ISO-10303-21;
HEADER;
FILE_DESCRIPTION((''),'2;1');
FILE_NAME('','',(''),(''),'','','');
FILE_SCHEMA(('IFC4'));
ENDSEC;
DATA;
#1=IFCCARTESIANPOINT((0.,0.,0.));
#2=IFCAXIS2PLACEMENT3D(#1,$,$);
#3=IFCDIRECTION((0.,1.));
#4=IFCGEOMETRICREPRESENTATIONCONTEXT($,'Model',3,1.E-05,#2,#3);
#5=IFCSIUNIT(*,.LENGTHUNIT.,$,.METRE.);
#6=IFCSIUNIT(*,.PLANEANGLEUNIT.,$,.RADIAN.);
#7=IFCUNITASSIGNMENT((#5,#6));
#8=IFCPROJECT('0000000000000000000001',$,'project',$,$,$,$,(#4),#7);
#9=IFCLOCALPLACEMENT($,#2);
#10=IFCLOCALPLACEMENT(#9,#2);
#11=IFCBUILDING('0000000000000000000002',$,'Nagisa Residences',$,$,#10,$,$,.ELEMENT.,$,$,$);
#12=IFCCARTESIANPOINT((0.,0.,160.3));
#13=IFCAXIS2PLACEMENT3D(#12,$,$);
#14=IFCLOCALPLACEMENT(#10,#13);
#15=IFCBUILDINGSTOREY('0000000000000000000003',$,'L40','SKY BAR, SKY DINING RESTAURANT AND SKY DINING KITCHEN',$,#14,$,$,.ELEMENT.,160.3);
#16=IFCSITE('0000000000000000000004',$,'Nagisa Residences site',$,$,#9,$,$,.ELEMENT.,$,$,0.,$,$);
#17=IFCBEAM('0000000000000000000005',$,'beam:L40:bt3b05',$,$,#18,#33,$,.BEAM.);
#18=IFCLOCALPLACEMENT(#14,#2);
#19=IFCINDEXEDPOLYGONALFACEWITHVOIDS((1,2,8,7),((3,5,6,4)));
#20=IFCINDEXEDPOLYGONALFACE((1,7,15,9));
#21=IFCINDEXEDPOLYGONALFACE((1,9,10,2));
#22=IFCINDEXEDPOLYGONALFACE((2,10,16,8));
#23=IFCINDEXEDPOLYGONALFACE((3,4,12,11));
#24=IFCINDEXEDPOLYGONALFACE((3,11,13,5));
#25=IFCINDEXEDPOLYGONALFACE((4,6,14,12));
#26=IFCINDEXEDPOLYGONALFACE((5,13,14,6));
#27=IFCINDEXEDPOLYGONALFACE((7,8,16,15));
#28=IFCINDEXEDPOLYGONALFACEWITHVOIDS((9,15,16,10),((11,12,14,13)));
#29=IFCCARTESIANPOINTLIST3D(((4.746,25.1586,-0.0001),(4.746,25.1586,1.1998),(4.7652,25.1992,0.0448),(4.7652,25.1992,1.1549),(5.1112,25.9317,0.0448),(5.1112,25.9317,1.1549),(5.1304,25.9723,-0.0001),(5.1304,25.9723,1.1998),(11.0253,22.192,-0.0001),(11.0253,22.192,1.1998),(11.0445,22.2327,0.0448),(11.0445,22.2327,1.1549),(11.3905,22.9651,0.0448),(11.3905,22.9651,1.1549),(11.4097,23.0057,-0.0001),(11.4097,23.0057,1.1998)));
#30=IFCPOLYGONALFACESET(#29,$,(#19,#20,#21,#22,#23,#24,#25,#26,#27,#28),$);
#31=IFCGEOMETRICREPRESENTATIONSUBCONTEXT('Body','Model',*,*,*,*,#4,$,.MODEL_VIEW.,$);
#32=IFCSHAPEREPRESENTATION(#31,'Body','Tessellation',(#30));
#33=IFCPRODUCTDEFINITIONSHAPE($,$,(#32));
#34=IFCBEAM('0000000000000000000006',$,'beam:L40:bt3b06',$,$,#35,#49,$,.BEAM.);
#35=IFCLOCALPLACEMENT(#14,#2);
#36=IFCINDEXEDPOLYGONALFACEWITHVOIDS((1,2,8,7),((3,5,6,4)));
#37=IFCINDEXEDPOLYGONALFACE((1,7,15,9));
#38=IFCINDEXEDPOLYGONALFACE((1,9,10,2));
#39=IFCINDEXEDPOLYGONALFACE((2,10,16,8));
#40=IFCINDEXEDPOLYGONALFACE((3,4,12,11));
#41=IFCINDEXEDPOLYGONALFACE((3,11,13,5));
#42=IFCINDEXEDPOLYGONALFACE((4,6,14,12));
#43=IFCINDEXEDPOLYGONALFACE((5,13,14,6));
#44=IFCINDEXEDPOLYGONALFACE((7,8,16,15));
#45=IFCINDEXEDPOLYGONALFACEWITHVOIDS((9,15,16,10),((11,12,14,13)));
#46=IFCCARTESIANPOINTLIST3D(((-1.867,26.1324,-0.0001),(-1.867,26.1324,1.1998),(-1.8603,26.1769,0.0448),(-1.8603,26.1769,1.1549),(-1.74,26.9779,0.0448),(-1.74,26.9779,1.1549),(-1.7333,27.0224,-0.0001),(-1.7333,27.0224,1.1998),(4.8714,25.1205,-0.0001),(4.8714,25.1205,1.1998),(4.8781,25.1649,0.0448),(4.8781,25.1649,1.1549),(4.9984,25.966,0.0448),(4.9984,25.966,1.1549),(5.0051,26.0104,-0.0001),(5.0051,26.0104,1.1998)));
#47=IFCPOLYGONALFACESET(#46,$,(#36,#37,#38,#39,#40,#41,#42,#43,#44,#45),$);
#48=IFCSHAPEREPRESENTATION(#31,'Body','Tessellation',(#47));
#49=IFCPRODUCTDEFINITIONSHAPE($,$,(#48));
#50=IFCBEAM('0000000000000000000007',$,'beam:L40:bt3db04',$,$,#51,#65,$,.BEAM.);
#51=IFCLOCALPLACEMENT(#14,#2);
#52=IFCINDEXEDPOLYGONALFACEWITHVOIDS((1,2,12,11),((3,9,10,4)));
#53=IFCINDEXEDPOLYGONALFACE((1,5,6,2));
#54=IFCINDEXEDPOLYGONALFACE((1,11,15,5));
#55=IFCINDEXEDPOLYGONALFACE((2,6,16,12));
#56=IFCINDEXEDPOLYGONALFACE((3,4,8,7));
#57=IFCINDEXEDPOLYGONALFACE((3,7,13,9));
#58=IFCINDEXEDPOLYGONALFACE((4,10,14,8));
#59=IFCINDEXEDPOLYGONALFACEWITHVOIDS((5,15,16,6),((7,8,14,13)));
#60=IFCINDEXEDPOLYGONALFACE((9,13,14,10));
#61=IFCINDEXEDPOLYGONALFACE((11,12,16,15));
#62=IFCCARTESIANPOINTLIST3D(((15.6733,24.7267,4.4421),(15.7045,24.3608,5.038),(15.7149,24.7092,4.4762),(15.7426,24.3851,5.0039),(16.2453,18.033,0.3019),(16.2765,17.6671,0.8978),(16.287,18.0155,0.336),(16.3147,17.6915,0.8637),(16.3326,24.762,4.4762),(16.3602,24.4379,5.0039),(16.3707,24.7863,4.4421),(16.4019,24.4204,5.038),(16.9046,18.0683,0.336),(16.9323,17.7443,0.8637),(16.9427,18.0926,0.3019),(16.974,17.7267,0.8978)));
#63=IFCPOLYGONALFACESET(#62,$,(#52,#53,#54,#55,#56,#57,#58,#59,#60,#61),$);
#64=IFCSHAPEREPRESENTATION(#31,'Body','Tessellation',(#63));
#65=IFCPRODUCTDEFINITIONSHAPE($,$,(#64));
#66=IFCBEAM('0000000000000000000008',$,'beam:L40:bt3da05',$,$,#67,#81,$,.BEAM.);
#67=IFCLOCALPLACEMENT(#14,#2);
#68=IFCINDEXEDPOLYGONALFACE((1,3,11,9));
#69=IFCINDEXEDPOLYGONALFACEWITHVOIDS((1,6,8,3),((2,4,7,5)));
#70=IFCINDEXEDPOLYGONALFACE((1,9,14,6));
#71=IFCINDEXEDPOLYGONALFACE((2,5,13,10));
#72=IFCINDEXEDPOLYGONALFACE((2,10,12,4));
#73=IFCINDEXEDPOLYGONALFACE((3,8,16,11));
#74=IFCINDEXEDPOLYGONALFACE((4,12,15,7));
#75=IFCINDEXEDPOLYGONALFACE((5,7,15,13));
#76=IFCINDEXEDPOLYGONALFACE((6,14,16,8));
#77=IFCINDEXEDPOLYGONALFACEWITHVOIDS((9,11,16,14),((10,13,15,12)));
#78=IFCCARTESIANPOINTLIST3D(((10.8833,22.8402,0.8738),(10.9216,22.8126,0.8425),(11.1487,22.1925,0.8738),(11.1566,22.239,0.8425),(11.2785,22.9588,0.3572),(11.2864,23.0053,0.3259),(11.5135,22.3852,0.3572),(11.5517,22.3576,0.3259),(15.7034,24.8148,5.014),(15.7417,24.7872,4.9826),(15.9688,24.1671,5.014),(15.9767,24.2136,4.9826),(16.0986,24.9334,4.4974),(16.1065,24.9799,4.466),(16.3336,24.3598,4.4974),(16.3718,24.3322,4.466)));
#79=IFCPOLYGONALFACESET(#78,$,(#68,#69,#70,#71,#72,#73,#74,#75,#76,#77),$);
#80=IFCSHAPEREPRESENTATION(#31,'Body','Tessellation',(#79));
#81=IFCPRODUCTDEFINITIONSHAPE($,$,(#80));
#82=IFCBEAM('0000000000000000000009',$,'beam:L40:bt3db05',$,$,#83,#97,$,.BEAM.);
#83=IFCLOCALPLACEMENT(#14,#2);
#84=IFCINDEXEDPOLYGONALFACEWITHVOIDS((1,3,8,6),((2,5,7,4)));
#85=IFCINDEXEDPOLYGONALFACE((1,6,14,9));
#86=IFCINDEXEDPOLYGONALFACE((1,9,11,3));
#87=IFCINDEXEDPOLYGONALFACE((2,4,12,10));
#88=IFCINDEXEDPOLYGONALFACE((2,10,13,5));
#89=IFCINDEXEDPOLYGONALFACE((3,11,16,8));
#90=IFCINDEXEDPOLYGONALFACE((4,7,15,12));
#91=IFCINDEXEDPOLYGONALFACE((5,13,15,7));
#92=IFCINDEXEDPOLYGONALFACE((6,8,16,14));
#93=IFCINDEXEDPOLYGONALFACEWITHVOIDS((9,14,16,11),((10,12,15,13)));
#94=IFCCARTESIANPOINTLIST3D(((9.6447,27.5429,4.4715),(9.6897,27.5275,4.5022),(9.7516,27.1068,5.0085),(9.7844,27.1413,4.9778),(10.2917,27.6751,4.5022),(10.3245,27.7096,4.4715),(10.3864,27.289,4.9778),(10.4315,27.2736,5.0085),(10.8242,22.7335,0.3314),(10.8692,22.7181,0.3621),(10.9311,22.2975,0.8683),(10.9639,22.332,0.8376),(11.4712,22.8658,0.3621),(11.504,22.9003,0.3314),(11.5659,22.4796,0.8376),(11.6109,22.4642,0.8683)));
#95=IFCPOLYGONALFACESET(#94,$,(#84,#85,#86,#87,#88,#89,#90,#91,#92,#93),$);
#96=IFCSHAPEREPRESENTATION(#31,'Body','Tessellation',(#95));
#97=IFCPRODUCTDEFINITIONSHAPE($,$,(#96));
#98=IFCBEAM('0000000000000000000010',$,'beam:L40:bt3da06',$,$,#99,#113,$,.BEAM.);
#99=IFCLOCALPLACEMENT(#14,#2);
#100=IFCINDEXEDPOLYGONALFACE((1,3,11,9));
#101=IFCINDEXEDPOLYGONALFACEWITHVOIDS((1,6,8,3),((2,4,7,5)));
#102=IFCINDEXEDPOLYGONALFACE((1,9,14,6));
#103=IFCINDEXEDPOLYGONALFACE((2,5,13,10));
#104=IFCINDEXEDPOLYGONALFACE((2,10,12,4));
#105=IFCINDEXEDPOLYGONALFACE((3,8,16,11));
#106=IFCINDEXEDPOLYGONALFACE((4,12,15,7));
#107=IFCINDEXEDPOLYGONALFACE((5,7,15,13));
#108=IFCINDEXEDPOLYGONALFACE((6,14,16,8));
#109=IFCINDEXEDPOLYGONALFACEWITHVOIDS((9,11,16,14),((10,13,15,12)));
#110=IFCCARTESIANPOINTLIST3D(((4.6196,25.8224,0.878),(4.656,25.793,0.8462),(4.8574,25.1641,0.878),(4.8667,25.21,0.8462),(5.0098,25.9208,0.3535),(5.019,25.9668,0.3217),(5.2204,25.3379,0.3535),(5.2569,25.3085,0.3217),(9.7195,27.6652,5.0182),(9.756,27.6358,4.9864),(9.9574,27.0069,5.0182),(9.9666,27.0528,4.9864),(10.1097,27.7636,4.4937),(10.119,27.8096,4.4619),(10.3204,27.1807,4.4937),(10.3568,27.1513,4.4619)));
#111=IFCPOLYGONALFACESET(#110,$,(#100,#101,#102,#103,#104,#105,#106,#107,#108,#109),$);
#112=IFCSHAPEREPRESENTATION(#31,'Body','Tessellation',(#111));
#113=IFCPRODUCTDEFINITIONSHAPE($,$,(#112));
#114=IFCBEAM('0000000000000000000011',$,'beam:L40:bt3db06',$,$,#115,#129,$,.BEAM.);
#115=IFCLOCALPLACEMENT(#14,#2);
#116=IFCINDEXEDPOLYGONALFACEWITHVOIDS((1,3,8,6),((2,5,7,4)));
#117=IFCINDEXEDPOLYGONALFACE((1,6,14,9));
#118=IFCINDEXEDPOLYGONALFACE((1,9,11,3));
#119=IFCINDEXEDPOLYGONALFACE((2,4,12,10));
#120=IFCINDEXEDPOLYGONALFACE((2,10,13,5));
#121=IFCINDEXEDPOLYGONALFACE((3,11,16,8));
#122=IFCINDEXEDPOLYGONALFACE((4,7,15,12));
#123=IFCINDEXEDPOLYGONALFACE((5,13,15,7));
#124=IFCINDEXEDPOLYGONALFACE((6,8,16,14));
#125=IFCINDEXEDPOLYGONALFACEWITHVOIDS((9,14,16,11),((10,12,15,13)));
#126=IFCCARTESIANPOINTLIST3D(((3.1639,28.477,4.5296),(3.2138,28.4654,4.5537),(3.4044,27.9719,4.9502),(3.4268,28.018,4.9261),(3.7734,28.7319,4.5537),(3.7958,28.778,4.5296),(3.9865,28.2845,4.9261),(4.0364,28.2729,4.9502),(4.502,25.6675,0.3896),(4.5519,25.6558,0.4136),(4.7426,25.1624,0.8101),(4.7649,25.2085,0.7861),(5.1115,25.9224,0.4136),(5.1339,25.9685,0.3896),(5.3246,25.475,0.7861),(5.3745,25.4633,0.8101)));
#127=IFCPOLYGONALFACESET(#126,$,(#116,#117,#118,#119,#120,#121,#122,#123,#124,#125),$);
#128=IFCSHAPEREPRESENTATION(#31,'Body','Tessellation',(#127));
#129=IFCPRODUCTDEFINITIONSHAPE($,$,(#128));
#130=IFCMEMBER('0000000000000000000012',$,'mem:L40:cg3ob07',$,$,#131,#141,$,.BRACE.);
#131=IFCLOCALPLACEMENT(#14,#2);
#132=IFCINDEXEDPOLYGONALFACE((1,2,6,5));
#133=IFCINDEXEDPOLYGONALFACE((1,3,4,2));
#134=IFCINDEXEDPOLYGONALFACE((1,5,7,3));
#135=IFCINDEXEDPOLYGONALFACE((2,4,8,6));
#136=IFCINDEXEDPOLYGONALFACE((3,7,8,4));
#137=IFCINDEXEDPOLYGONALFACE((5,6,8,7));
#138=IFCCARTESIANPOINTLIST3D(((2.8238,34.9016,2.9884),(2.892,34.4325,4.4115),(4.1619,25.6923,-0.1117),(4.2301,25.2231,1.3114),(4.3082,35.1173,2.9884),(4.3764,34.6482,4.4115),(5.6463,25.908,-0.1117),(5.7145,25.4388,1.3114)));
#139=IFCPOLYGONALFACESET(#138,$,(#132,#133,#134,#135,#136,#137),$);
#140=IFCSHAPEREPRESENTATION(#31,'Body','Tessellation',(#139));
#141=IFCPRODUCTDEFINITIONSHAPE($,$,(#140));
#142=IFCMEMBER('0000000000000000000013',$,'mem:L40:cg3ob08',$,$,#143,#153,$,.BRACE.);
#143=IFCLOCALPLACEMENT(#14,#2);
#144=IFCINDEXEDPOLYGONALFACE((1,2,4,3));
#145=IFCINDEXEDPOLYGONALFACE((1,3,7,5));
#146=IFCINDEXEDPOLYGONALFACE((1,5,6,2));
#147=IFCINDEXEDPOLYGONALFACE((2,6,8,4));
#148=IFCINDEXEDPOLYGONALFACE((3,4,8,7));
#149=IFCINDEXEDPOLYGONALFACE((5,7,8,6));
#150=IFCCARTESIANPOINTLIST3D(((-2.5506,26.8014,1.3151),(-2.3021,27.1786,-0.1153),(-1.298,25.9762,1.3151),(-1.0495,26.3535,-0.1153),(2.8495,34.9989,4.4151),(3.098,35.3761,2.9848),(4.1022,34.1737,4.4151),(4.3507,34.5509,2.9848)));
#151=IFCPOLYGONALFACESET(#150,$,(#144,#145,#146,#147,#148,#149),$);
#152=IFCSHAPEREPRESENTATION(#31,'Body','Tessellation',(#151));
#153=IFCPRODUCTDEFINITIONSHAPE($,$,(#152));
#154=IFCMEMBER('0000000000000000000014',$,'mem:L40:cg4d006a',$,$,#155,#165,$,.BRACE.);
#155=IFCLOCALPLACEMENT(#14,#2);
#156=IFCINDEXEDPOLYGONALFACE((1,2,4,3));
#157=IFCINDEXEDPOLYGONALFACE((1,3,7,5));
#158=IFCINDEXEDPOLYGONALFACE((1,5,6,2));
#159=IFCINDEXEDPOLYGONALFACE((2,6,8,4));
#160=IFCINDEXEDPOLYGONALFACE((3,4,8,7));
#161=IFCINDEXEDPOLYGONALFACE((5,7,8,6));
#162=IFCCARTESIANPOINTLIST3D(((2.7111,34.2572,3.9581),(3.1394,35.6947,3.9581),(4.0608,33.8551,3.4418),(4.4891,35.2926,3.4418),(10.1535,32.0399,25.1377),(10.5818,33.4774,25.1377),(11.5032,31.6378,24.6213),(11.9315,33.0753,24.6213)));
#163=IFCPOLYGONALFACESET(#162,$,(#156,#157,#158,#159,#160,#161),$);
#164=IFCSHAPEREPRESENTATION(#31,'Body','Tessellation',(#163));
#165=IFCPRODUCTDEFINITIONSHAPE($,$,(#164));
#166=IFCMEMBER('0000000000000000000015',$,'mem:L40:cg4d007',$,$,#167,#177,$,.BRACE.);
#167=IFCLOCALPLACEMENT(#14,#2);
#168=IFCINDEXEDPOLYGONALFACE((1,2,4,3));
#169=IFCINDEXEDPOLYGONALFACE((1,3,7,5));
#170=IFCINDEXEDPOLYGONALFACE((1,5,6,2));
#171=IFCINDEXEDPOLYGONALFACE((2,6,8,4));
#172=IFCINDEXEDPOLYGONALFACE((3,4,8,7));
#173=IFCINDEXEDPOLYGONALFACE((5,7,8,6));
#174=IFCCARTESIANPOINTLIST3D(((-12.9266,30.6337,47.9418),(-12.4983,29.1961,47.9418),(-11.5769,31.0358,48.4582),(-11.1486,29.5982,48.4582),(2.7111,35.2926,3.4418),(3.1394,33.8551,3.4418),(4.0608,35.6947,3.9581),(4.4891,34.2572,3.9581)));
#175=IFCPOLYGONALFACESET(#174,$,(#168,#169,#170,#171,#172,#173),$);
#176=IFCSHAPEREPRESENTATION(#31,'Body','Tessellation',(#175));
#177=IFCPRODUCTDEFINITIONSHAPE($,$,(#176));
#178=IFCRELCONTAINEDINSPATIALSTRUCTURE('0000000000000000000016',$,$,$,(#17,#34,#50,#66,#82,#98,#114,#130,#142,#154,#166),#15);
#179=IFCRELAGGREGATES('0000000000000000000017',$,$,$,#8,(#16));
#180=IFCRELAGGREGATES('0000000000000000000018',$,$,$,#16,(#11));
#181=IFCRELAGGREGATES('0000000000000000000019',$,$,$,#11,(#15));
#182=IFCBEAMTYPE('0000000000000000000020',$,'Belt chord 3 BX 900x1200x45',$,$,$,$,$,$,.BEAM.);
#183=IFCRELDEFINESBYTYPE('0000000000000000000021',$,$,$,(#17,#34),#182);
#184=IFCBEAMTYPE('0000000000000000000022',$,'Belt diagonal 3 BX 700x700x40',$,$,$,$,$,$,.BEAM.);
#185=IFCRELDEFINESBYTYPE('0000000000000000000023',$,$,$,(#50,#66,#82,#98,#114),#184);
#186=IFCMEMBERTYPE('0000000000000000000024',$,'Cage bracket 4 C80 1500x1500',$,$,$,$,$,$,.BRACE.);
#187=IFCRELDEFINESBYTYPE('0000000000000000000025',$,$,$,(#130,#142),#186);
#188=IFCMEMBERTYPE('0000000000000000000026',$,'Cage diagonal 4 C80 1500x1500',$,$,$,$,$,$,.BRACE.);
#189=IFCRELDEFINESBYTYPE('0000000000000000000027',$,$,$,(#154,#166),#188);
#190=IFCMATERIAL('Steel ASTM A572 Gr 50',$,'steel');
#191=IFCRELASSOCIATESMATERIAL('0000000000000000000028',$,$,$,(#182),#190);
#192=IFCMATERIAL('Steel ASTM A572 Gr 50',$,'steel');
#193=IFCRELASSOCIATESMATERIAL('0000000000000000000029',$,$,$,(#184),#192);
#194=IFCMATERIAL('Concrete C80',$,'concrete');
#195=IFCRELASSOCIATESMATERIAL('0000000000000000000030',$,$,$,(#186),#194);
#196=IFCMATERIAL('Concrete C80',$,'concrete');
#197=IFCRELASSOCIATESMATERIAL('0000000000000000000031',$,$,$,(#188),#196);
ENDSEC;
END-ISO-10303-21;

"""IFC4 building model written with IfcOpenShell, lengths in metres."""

from ifc_helpers import new_model, si_unit, direction, frame, origin, origin_2d, place, context, subcontext, project, spatial, rectangle, hollow_rectangle, extrude, material, material_profile, profile_set, type_object, element, save


model = new_model("IFC4")

# Units and contexts
model_context = context("Model", 3, precision=1e-05, world=origin(), true_north=direction((0.0, 1.0)))
body_context = subcontext(model_context, "Body", "Model", "MODEL_VIEW")
ifc_project = project(units=[si_unit("LENGTHUNIT", "METRE"), si_unit("PLANEANGLEUNIT", "RADIAN")], contexts=[model_context])

# Site, building, storey
site_placement = place(None, origin())
site = spatial("IfcSite", under=ifc_project, at=site_placement, Name="Nagisa Residences site", CompositionType="ELEMENT", RefElevation=0.0)
building_placement = place(site_placement, origin())
building = spatial("IfcBuilding", under=site, at=building_placement, Name="Nagisa Residences", CompositionType="ELEMENT")
storey_placement = place(building_placement, frame((0.0, 0.0, 160.3)))
storey = spatial("IfcBuildingStorey", under=building, at=storey_placement, Name="L40", Description="SKY BAR, SKY DINING RESTAURANT AND SKY DINING KITCHEN", CompositionType="ELEMENT", Elevation=160.3)

# Beams
ifc_material_1 = material(Name="Steel ASTM A572 Gr 50", Category="steel")
ifc_material_profile_1 = material_profile(ifc_material_1, hollow_rectangle(XDim=0.8999, YDim=1.2, WallThickness=0.0449, at=origin_2d()), Name="BX 900x1200x45")
ifc_profile_set_1 = profile_set([ifc_material_profile_1], Name="Steel ASTM A572 Gr 50")
beam_type_1 = type_object("IfcBeamType", Name="Belt chord 3 BX 900x1200x45", PredefinedType="BEAM", material=ifc_profile_set_1)
beam_1_placement = place(storey_placement, frame((11.2175, 22.5989, 0.5999), z_axis=(-0.904175, 0.427163, 0.0), x_axis=(-0.427163, -0.904175, 0.0)))
element("IfcBeam", 1, at=beam_1_placement, inside=storey, type_object=beam_type_1, Name="beam:L40:bt3b05", PredefinedType="BEAM", context=body_context, shape_type="SweptSolid", body=[
    extrude(hollow_rectangle(XDim=0.8999, YDim=1.2, WallThickness=0.0449, at=origin_2d()), origin(), (0.0, 0.0, 1.0), 6.9448),
])
beam_2_placement = place(storey_placement, frame((4.9382, 25.5654, 0.5999), z_axis=(-0.98891, 0.148516, 0.0), x_axis=(-0.148516, -0.98891, 0.0)))
element("IfcBeam", 2, at=beam_2_placement, inside=storey, type_object=beam_type_1, Name="beam:L40:bt3b06", PredefinedType="BEAM", context=body_context, shape_type="SweptSolid", body=[
    extrude(hollow_rectangle(XDim=0.8999, YDim=1.2, WallThickness=0.0449, at=origin_2d()), origin(), (0.0, 0.0, 1.0), 6.814),
])
ifc_material_2 = material(Name="Steel ASTM A572 Gr 50", Category="steel")
ifc_material_profile_2 = material_profile(ifc_material_2, hollow_rectangle(XDim=0.7, YDim=0.7, WallThickness=0.04, at=origin_2d()), Name="BX 700x700x40")
ifc_profile_set_2 = profile_set([ifc_material_profile_2], Name="Steel ASTM A572 Gr 50")
beam_type_2 = type_object("IfcBeamType", Name="Belt diagonal 3 BX 700x700x40", PredefinedType="BEAM", material=ifc_profile_set_2)
beam_3_placement = place(storey_placement, frame((16.6096, 17.8799, 0.5999), z_axis=(-0.072488, 0.848228, 0.524647), x_axis=(-0.996368, -0.085148, 0.0)))
element("IfcBeam", 3, at=beam_3_placement, inside=storey, type_object=beam_type_2, Name="beam:L40:bt3db04", PredefinedType="BEAM", context=body_context, shape_type="SweptSolid", body=[
    extrude(hollow_rectangle(XDim=0.7, YDim=0.7, WallThickness=0.04, at=origin_2d()), origin(), (0.0, 0.0, 1.0), 7.8914),
])
beam_4_placement = place(storey_placement, frame((11.2175, 22.5989, 0.5999), z_axis=(0.72441, 0.296765, 0.622223), x_axis=(-0.379087, 0.925361, 0.0)))
element("IfcBeam", 4, at=beam_4_placement, inside=storey, type_object=beam_type_2, Name="beam:L40:bt3da05", PredefinedType="BEAM", context=body_context, shape_type="SweptSolid", body=[
    extrude(hollow_rectangle(XDim=0.7, YDim=0.7, WallThickness=0.04, at=origin_2d()), origin(), (0.0, 0.0, 1.0), 6.6538),
])
beam_5_placement = place(storey_placement, frame((11.2175, 22.5989, 0.5999), z_axis=(-0.18273, 0.745104, 0.641427), x_axis=(-0.97122, -0.238183, 0.0)))
element("IfcBeam", 5, at=beam_5_placement, inside=storey, type_object=beam_type_2, Name="beam:L40:bt3db05", PredefinedType="BEAM", context=body_context, shape_type="SweptSolid", body=[
    extrude(hollow_rectangle(XDim=0.7, YDim=0.7, WallThickness=0.04, at=origin_2d()), origin(), (0.0, 0.0, 1.0), 6.4546),
])
beam_6_placement = place(storey_placement, frame((4.9382, 25.5654, 0.5999), z_axis=(0.747517, 0.270107, 0.606845), x_axis=(-0.339834, 0.940486, 0.0)))
element("IfcBeam", 6, at=beam_6_placement, inside=storey, type_object=beam_type_2, Name="beam:L40:bt3da06", PredefinedType="BEAM", context=body_context, shape_type="SweptSolid", body=[
    extrude(hollow_rectangle(XDim=0.7, YDim=0.7, WallThickness=0.04, at=origin_2d()), origin(), (0.0, 0.0, 1.0), 6.8225),
])
beam_7_placement = place(storey_placement, frame((4.9382, 25.5654, 0.5999), z_axis=(-0.258363, 0.542463, 0.799364), x_axis=(-0.90283, -0.429998, 0.0)))
element("IfcBeam", 7, at=beam_7_placement, inside=storey, type_object=beam_type_2, Name="beam:L40:bt3db06", PredefinedType="BEAM", context=body_context, shape_type="SweptSolid", body=[
    extrude(hollow_rectangle(XDim=0.7, YDim=0.7, WallThickness=0.04, at=origin_2d()), origin(), (0.0, 0.0, 1.0), 5.1792),
])

# Members
ifc_material_3 = material(Name="Concrete C80", Category="concrete")
ifc_material_profile_3 = material_profile(ifc_material_3, rectangle(XDim=1.5, YDim=1.5, at=origin_2d()), Name="C80 1500x1500")
ifc_profile_set_3 = profile_set([ifc_material_profile_3], Name="Concrete C80")
member_type_1 = type_object("IfcMemberType", Name="Cage bracket 4 C80 1500x1500", PredefinedType="BRACE", material=ifc_profile_set_3)
member_1_placement = place(storey_placement, frame((3.6001, 34.7749, 3.7), z_axis=(0.13642, -0.938884, -0.316048), x_axis=(0.989608, 0.14379, 0.0)))
element("IfcMember", 8, at=member_1_placement, inside=storey, type_object=member_type_1, Name="mem:L40:cg3ob07", PredefinedType="BRACE", context=body_context, shape_type="SweptSolid", body=[
    extrude(rectangle(XDim=1.5, YDim=1.5, at=origin_2d()), origin(), (0.0, 0.0, 1.0), 9.8088),
])
member_2_placement = place(storey_placement, frame((3.6001, 34.7749, 3.7), z_axis=(-0.524579, -0.79632, -0.301149), x_axis=(0.835087, -0.550117, 0.0)))
element("IfcMember", 9, at=member_2_placement, inside=storey, type_object=member_type_1, Name="mem:L40:cg3ob08", PredefinedType="BRACE", context=body_context, shape_type="SweptSolid", body=[
    extrude(rectangle(XDim=1.5, YDim=1.5, at=origin_2d()), origin(), (0.0, 0.0, 1.0), 10.2942),
])
ifc_material_4 = material(Name="Concrete C80", Category="concrete")
ifc_material_profile_4 = material_profile(ifc_material_4, rectangle(XDim=1.5, YDim=1.5, at=origin_2d()), Name="C80 1500x1500")
ifc_profile_set_4 = profile_set([ifc_material_profile_4], Name="Concrete C80")
member_type_2 = type_object("IfcMemberType", Name="Cage diagonal 4 C80 1500x1500", PredefinedType="BRACE", material=ifc_profile_set_4)
member_3_placement = place(storey_placement, frame((3.6001, 34.7749, 3.7), z_axis=(0.329919, -0.098292, 0.938878), x_axis=(0.285525, 0.958371, 0.0)))
element("IfcMember", 10, at=member_3_placement, inside=storey, type_object=member_type_2, Name="mem:L40:cg4d006a", PredefinedType="BRACE", context=body_context, shape_type="SweptSolid", body=[
    extrude(rectangle(XDim=1.5, YDim=1.5, at=origin_2d()), origin(), (0.0, 0.0, 1.0), 22.5583),
])
member_4_placement = place(storey_placement, frame((3.6001, 34.7749, 3.7), z_axis=(-0.329929, -0.098296, 0.938874), x_axis=(0.285527, -0.958371, 0.0)))
element("IfcMember", 11, at=member_4_placement, inside=storey, type_object=member_type_2, Name="mem:L40:cg4d007", PredefinedType="BRACE", context=body_context, shape_type="SweptSolid", body=[
    extrude(rectangle(XDim=1.5, YDim=1.5, at=origin_2d()), origin(), (0.0, 0.0, 1.0), 47.3972),
])

save(model, "model.ifc")
